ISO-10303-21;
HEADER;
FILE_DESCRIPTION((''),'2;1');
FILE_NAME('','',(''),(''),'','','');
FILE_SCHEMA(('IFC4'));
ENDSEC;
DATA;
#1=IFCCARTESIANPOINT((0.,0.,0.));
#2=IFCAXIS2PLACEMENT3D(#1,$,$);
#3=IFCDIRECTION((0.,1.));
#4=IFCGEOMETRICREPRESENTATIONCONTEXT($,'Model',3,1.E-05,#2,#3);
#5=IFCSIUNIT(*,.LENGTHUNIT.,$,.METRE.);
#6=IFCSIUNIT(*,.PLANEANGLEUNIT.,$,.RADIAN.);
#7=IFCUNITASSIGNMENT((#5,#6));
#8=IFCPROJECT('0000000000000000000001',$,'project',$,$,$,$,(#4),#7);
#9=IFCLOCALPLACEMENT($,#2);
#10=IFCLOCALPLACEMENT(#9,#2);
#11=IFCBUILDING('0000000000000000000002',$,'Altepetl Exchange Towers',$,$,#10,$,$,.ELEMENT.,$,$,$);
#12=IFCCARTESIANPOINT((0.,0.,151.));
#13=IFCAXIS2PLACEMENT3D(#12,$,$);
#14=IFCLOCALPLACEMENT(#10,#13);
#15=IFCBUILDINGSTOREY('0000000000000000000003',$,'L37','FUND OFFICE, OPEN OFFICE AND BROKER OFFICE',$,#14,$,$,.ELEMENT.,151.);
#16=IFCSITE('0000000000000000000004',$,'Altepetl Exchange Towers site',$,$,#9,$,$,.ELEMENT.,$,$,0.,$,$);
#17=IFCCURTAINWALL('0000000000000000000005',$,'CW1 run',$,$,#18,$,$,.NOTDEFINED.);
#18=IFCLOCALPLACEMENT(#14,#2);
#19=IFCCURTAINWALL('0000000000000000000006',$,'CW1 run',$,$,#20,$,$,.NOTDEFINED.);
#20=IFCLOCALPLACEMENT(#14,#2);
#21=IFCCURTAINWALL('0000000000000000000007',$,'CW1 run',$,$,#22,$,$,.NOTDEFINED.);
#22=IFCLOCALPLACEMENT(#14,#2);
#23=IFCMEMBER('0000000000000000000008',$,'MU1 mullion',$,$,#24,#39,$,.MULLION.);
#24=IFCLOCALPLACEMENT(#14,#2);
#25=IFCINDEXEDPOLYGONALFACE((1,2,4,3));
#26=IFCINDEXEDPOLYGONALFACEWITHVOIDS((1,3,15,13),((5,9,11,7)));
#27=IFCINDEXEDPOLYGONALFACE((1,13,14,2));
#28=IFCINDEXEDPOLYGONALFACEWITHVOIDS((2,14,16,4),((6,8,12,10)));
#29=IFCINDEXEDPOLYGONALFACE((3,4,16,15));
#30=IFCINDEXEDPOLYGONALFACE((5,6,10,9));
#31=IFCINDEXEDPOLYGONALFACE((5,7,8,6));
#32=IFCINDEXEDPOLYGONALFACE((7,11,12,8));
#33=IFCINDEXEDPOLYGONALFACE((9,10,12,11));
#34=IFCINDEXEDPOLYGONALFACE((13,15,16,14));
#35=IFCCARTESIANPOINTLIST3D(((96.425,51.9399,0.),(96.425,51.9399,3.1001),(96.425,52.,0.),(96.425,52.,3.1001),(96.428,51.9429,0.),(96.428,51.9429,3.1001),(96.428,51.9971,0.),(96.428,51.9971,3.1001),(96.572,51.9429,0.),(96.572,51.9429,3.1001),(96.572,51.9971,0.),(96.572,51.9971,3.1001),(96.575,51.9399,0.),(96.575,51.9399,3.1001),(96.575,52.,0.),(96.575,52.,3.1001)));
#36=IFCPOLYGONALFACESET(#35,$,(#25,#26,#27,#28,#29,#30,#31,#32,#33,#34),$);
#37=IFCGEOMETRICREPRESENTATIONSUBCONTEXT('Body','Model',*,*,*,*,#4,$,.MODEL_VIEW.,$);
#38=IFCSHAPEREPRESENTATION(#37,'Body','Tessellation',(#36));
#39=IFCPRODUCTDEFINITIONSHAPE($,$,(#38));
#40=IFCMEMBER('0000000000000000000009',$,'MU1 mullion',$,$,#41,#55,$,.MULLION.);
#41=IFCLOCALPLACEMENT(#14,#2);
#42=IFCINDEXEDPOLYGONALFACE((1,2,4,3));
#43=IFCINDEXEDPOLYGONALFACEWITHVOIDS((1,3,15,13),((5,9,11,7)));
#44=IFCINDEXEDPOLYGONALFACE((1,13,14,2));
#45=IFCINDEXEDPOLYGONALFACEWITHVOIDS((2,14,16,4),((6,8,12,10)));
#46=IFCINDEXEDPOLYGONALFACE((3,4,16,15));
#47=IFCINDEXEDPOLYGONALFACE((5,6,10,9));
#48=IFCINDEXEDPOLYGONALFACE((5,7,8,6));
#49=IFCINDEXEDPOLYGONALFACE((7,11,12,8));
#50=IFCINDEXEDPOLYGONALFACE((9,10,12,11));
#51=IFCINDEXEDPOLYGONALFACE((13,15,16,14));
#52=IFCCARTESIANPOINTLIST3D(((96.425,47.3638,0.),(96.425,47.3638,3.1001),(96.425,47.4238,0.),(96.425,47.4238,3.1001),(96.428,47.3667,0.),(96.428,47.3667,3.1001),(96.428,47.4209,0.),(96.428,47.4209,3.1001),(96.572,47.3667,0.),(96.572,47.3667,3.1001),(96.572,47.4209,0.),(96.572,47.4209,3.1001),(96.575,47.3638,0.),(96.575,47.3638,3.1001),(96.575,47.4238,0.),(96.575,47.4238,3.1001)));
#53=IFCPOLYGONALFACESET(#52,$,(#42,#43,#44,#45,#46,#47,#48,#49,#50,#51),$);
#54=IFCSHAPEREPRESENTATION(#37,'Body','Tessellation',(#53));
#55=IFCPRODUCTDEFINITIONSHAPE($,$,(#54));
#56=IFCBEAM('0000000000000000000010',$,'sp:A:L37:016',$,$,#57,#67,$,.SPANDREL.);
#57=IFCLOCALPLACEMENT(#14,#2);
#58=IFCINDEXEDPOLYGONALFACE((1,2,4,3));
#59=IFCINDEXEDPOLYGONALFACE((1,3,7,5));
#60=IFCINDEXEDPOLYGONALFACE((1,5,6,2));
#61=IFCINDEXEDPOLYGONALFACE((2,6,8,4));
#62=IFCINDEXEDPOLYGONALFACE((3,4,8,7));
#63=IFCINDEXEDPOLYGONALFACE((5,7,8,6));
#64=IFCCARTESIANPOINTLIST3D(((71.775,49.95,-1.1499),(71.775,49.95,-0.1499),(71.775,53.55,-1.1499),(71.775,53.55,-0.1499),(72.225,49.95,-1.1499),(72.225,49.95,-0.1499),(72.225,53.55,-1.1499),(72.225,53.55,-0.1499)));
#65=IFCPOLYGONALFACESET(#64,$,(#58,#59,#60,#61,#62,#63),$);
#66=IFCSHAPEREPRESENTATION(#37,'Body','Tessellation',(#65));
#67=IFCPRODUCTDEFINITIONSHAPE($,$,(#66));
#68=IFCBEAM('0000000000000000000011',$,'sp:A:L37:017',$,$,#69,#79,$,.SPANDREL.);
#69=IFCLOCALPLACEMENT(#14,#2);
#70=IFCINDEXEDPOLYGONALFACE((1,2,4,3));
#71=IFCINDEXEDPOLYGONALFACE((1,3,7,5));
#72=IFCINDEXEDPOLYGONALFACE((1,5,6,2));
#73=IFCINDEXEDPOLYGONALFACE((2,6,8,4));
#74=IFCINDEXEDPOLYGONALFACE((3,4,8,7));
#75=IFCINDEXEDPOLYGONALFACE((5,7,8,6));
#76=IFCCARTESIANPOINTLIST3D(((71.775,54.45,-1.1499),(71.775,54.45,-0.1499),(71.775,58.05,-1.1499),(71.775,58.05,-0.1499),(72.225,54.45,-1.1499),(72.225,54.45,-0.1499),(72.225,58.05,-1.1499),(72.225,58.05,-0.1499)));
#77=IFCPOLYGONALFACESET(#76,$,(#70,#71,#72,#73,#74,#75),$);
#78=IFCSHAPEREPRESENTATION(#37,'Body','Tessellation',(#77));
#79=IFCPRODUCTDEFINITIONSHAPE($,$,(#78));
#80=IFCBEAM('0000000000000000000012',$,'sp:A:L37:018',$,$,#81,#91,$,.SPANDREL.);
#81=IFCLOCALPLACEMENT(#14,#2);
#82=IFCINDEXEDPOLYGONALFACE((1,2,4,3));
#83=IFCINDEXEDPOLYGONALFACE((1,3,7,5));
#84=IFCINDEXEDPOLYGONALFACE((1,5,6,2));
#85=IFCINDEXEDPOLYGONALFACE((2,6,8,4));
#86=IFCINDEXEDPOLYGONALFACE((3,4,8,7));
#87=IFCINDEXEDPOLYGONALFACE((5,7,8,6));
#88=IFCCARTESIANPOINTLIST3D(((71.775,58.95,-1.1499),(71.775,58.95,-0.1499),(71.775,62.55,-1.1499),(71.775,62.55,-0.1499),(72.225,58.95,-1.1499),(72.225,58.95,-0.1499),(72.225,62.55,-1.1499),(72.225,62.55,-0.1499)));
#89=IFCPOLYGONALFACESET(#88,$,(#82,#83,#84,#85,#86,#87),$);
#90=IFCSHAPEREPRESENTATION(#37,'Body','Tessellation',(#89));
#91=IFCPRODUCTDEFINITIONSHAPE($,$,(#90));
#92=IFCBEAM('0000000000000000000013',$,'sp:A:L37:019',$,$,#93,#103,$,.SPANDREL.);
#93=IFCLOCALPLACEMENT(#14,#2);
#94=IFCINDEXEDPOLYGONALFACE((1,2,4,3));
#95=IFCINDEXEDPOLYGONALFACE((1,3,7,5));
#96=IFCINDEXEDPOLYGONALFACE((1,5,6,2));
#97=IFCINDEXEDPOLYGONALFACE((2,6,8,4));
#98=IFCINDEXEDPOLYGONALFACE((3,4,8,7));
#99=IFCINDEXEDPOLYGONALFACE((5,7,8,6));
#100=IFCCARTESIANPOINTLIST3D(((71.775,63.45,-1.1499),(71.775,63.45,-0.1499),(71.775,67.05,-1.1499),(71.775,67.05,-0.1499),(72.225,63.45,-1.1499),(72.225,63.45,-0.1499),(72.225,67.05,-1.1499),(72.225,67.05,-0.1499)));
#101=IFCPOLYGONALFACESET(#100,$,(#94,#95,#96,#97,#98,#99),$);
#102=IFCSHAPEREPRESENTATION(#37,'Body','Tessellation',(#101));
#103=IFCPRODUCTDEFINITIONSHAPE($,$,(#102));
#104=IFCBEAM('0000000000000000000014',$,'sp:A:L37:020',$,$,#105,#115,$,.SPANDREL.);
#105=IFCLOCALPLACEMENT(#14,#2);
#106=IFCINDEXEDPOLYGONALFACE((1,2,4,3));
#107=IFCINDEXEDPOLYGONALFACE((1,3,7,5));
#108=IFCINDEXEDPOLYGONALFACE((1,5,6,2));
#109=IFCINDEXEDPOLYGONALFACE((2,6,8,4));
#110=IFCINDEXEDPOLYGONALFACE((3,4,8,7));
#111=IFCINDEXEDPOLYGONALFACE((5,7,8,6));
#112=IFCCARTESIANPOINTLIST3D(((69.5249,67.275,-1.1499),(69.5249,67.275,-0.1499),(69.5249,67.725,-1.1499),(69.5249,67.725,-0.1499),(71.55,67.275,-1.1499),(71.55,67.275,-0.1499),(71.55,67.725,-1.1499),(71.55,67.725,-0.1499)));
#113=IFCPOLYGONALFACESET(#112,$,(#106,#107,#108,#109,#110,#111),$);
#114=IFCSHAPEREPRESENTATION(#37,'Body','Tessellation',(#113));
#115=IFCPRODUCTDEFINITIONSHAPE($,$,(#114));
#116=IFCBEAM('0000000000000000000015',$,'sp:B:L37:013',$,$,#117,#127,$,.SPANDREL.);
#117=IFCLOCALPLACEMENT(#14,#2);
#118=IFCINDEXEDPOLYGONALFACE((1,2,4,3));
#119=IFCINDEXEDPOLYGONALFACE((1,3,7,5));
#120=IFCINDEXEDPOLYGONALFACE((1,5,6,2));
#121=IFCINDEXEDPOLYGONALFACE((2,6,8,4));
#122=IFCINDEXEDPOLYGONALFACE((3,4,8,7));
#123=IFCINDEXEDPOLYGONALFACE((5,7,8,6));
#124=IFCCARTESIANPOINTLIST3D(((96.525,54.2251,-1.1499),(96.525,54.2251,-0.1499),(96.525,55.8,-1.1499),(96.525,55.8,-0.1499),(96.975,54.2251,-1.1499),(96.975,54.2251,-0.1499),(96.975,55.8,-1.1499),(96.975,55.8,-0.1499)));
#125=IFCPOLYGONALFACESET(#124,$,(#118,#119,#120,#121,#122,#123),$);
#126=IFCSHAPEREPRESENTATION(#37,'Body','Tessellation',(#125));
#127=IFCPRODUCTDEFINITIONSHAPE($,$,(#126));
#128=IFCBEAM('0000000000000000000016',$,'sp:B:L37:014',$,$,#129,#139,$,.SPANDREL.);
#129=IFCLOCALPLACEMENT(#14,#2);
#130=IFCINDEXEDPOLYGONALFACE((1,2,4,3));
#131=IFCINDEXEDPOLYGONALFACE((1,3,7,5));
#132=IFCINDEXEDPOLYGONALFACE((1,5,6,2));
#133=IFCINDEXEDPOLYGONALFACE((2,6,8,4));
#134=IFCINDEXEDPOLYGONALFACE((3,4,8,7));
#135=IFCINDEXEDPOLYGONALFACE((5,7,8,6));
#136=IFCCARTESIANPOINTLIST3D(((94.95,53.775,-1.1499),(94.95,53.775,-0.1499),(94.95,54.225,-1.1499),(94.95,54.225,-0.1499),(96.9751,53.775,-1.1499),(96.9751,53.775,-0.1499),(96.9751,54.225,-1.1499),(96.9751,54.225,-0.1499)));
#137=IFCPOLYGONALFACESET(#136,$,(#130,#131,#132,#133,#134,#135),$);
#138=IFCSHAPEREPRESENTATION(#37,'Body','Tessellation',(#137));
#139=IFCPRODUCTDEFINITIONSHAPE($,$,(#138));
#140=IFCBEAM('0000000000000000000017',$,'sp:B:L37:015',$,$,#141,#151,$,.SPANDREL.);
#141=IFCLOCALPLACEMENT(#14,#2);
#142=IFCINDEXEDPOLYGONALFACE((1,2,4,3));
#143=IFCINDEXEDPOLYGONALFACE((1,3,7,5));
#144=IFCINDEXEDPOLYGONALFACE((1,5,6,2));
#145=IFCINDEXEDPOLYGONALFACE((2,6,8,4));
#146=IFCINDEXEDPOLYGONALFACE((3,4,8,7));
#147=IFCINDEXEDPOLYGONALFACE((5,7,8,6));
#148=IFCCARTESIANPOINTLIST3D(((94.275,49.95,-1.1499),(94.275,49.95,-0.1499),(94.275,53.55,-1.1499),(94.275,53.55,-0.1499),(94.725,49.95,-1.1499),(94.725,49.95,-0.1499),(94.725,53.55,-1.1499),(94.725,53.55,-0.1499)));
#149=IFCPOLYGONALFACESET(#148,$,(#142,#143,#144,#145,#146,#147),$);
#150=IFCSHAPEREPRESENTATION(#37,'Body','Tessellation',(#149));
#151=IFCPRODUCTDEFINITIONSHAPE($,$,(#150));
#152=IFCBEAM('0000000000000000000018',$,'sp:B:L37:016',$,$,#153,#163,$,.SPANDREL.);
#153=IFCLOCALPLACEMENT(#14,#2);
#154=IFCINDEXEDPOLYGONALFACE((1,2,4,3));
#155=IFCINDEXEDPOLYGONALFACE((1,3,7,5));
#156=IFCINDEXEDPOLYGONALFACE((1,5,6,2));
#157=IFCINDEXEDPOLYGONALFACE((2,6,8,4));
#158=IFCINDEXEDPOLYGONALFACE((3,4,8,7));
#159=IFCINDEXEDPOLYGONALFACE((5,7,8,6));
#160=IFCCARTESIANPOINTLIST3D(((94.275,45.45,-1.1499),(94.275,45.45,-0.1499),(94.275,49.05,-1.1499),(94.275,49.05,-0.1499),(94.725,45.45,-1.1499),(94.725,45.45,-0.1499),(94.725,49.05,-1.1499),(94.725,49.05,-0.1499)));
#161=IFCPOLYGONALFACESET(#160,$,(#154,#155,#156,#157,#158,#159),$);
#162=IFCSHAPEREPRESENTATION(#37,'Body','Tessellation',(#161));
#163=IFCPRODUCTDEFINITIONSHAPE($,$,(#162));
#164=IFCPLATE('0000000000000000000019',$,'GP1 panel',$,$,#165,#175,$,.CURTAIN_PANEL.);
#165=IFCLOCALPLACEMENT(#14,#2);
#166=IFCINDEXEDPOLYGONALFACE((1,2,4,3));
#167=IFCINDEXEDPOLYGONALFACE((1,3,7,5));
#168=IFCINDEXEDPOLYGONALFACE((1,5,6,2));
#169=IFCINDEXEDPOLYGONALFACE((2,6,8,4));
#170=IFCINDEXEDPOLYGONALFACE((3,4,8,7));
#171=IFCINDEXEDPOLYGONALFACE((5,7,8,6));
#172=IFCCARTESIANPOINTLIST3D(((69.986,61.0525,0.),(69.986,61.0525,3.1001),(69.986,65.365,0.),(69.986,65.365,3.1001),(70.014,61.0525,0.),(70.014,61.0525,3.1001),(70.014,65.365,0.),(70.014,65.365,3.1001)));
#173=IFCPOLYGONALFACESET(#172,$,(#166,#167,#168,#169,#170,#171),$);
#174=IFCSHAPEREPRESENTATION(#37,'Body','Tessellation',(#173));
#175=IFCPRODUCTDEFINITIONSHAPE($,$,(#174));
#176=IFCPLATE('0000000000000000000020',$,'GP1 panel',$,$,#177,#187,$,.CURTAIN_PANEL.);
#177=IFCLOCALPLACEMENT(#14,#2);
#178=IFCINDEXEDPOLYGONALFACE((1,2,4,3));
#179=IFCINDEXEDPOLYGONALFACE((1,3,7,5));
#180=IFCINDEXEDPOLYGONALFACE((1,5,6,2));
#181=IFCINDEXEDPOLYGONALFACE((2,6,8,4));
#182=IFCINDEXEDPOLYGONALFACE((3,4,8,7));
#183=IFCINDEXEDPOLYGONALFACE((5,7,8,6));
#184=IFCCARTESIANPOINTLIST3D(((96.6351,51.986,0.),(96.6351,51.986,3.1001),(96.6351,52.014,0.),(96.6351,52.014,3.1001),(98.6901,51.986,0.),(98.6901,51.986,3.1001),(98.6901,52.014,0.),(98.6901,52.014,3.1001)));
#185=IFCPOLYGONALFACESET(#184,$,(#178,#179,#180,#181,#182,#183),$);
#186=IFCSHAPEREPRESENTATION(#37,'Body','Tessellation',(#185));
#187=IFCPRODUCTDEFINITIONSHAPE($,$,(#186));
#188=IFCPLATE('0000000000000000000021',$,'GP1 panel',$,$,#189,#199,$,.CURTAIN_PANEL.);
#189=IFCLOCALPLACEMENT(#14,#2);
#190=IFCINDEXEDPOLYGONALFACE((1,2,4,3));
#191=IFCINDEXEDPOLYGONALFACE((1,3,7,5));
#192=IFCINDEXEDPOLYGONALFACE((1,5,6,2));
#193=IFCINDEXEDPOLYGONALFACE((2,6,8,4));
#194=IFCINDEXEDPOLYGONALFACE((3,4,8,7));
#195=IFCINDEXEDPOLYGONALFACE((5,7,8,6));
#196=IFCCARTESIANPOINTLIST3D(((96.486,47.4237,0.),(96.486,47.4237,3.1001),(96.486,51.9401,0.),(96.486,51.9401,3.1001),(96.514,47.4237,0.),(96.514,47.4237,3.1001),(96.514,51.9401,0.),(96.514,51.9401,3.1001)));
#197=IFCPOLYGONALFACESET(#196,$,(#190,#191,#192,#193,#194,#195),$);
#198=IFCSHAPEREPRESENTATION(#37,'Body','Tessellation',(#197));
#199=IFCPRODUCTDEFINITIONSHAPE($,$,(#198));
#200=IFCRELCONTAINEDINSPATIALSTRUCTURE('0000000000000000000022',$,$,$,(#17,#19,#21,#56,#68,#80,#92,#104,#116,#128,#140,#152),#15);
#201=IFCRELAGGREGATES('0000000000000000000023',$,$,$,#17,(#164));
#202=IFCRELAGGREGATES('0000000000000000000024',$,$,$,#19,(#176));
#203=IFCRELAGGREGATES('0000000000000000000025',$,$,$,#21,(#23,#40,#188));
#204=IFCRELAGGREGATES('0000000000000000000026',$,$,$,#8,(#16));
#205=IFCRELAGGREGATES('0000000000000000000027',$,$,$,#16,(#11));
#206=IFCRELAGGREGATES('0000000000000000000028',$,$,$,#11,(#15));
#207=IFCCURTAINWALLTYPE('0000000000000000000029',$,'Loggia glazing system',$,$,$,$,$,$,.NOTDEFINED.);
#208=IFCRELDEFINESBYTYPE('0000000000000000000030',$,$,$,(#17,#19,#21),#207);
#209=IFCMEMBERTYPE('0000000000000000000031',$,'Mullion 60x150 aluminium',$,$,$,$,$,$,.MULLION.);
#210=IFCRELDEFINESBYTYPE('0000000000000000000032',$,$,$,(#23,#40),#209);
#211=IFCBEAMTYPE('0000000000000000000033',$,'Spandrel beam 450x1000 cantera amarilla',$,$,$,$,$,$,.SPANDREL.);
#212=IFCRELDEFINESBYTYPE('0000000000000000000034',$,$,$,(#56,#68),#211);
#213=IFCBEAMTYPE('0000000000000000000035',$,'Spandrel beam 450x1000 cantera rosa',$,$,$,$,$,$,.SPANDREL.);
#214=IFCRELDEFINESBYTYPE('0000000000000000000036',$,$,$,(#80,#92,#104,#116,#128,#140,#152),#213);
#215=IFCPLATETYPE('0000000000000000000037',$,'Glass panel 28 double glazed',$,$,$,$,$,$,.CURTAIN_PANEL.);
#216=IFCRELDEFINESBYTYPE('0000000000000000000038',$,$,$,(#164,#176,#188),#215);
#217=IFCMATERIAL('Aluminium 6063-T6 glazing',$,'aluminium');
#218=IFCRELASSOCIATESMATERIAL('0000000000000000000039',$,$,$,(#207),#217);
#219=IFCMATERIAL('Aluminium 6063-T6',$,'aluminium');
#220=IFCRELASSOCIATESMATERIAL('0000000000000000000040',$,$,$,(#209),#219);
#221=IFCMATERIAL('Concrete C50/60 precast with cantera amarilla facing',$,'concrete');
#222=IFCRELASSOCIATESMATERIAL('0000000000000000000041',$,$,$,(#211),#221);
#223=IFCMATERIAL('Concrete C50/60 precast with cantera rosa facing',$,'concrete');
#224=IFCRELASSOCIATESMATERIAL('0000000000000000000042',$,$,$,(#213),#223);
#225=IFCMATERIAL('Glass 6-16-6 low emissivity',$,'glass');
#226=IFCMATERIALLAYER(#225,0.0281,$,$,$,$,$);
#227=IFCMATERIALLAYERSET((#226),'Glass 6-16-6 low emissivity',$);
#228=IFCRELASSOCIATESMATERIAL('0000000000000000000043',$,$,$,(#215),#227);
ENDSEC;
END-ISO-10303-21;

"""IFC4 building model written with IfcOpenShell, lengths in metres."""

from ifc_helpers import new_model, si_unit, direction, frame, origin, origin_2d, place, context, subcontext, project, spatial, rectangle, hollow_rectangle, extrude, material, layer, layer_set, material_profile, profile_set, type_object, element, aggregate, save


model = new_model("IFC4")

# Units and contexts
model_context = context("Model", 3, precision=1e-05, world=origin(), true_north=direction((0.0, 1.0)))
body_context = subcontext(model_context, "Body", "Model", "MODEL_VIEW")
ifc_project = project(units=[si_unit("LENGTHUNIT", "METRE"), si_unit("PLANEANGLEUNIT", "RADIAN")], contexts=[model_context])

# Site, building, storey
site_placement = place(None, origin())
site = spatial("IfcSite", under=ifc_project, at=site_placement, Name="Altepetl Exchange Towers site", CompositionType="ELEMENT", RefElevation=0.0)
building_placement = place(site_placement, origin())
building = spatial("IfcBuilding", under=site, at=building_placement, Name="Altepetl Exchange Towers", CompositionType="ELEMENT")
storey_placement = place(building_placement, frame((0.0, 0.0, 151.0)))
storey = spatial("IfcBuildingStorey", under=building, at=storey_placement, Name="L37", Description="FUND OFFICE, OPEN OFFICE AND BROKER OFFICE", CompositionType="ELEMENT", Elevation=151.0)

# Curtain wall
ifc_material_1 = material(Name="Aluminium 6063-T6 glazing", Category="aluminium")
curtain_wall_type = type_object("IfcCurtainWallType", Name="Loggia glazing system", PredefinedType="NOTDEFINED", material=ifc_material_1)
curtain_wall_1_placement = place(storey_placement, origin())
curtain_wall_1 = element("IfcCurtainWall", 1, at=curtain_wall_1_placement, inside=storey, type_object=curtain_wall_type, Name="CW1 run", PredefinedType="NOTDEFINED")
ifc_material_2 = material(Name="Aluminium 6063-T6", Category="aluminium")
ifc_material_profile_1 = material_profile(ifc_material_2, hollow_rectangle(XDim=0.0601, YDim=0.1499, WallThickness=0.0029, at=origin_2d()), Name="Mullion 60x150 aluminium")
ifc_profile_set_1 = profile_set([ifc_material_profile_1], Name="Aluminium 6063-T6")
member_type = type_object("IfcMemberType", Name="Mullion 60x150 aluminium", PredefinedType="MULLION", material=ifc_profile_set_1)

# Curtain walls, members
curtain_wall_2_placement = place(storey_placement, origin())
curtain_wall_2 = element("IfcCurtainWall", 2, at=curtain_wall_2_placement, inside=storey, type_object=curtain_wall_type, Name="CW1 run", PredefinedType="NOTDEFINED")
curtain_wall_3_placement = place(storey_placement, origin())
curtain_wall_3 = element("IfcCurtainWall", 3, at=curtain_wall_3_placement, inside=storey, type_object=curtain_wall_type, Name="CW1 run", PredefinedType="NOTDEFINED")
member_1_placement = place(storey_placement, frame((96.5, 51.97, 0.0), z_axis=(0.0, 0.0, 1.0), x_axis=(0.0, -1.0, 0.0)))
member_1 = element("IfcMember", 4, at=member_1_placement, type_object=member_type, Name="MU1 mullion", PredefinedType="MULLION", context=body_context, shape_type="SweptSolid", body=[
    extrude(hollow_rectangle(XDim=0.0601, YDim=0.1499, WallThickness=0.0029, at=origin_2d()), origin(), (0.0, 0.0, 1.0), 3.1001),
])
member_2_placement = place(storey_placement, frame((96.5, 47.3938, 0.0), z_axis=(0.0, 0.0, 1.0), x_axis=(0.0, -1.0, 0.0)))
member_2 = element("IfcMember", 5, at=member_2_placement, type_object=member_type, Name="MU1 mullion", PredefinedType="MULLION", context=body_context, shape_type="SweptSolid", body=[
    extrude(hollow_rectangle(XDim=0.0601, YDim=0.1499, WallThickness=0.0029, at=origin_2d()), origin(), (0.0, 0.0, 1.0), 3.1001),
])

# Beams
ifc_material_3 = material(Name="Concrete C50/60 precast with cantera amarilla facing", Category="concrete")
ifc_material_profile_2 = material_profile(ifc_material_3, rectangle(XDim=0.45, YDim=1.0, at=origin_2d()), Name="450 x 1000")
ifc_profile_set_2 = profile_set([ifc_material_profile_2], Name="Concrete C50/60 precast with cantera amarilla facing")
beam_type_1 = type_object("IfcBeamType", Name="Spandrel beam 450x1000 cantera amarilla", PredefinedType="SPANDREL", material=ifc_profile_set_2)
for number, where, z_axis, x_axis, name in (
    (6, (72.0, 49.95, -0.6499), (0.0, 1.0, 0.0), (-1.0, 0.0, 0.0), "sp:A:L37:016"),
    (7, (72.0, 54.45, -0.6499), (0.0, 1.0, 0.0), (-1.0, 0.0, 0.0), "sp:A:L37:017"),
):
    element("IfcBeam", number, at=place(storey_placement, frame(where, z_axis=z_axis, x_axis=x_axis)), inside=storey, type_object=beam_type_1, Name=name, PredefinedType="SPANDREL", context=body_context, shape_type="SweptSolid", body=[
        extrude(rectangle(XDim=0.45, YDim=1.0, at=origin_2d()), origin(), (0.0, 0.0, 1.0), 3.6001),
    ])
ifc_material_4 = material(Name="Concrete C50/60 precast with cantera rosa facing", Category="concrete")
ifc_material_profile_3 = material_profile(ifc_material_4, rectangle(XDim=0.45, YDim=1.0, at=origin_2d()), Name="450 x 1000")
ifc_profile_set_3 = profile_set([ifc_material_profile_3], Name="Concrete C50/60 precast with cantera rosa facing")
beam_type_2 = type_object("IfcBeamType", Name="Spandrel beam 450x1000 cantera rosa", PredefinedType="SPANDREL", material=ifc_profile_set_3)
for number, where, z_axis, x_axis, name in (
    (8, (72.0, 58.95, -0.6499), (0.0, 1.0, 0.0), (-1.0, 0.0, 0.0), "sp:A:L37:018"),
    (9, (72.0, 63.45, -0.6499), (0.0, 1.0, 0.0), (-1.0, 0.0, 0.0), "sp:A:L37:019"),
):
    element("IfcBeam", number, at=place(storey_placement, frame(where, z_axis=z_axis, x_axis=x_axis)), inside=storey, type_object=beam_type_2, Name=name, PredefinedType="SPANDREL", context=body_context, shape_type="SweptSolid", body=[
        extrude(rectangle(XDim=0.45, YDim=1.0, at=origin_2d()), origin(), (0.0, 0.0, 1.0), 3.6001),
    ])
beam_1_placement = place(storey_placement, frame((71.55, 67.5, -0.6499), z_axis=(-1.0, 0.0, 0.0), x_axis=(0.0, -1.0, 0.0)))
element("IfcBeam", 10, at=beam_1_placement, inside=storey, type_object=beam_type_2, Name="sp:A:L37:020", PredefinedType="SPANDREL", context=body_context, shape_type="SweptSolid", body=[
    extrude(rectangle(XDim=0.45, YDim=1.0, at=origin_2d()), origin(), (0.0, 0.0, 1.0), 2.0251),
])
beam_2_placement = place(storey_placement, frame((96.75, 55.8, -0.6499), z_axis=(0.0, -1.0, 0.0), x_axis=(1.0, 0.0, 0.0)))
element("IfcBeam", 11, at=beam_2_placement, inside=storey, type_object=beam_type_2, Name="sp:B:L37:013", PredefinedType="SPANDREL", context=body_context, shape_type="SweptSolid", body=[
    extrude(rectangle(XDim=0.45, YDim=1.0, at=origin_2d()), origin(), (0.0, 0.0, 1.0), 1.575),
])
beam_3_placement = place(storey_placement, frame((96.9751, 54.0, -0.6499), z_axis=(-1.0, 0.0, 0.0), x_axis=(0.0, -1.0, 0.0)))
element("IfcBeam", 12, at=beam_3_placement, inside=storey, type_object=beam_type_2, Name="sp:B:L37:014", PredefinedType="SPANDREL", context=body_context, shape_type="SweptSolid", body=[
    extrude(rectangle(XDim=0.45, YDim=1.0, at=origin_2d()), origin(), (0.0, 0.0, 1.0), 2.0251),
])
for number, where, z_axis, x_axis, name in (
    (13, (94.5, 53.55, -0.6499), (0.0, -1.0, 0.0), (1.0, 0.0, 0.0), "sp:B:L37:015"),
    (14, (94.5, 49.05, -0.6499), (0.0, -1.0, 0.0), (1.0, 0.0, 0.0), "sp:B:L37:016"),
):
    element("IfcBeam", number, at=place(storey_placement, frame(where, z_axis=z_axis, x_axis=x_axis)), inside=storey, type_object=beam_type_2, Name=name, PredefinedType="SPANDREL", context=body_context, shape_type="SweptSolid", body=[
        extrude(rectangle(XDim=0.45, YDim=1.0, at=origin_2d()), origin(), (0.0, 0.0, 1.0), 3.6001),
    ])

# Plates
ifc_material_5 = material(Name="Glass 6-16-6 low emissivity", Category="glass")
ifc_layer_1 = layer(ifc_material_5, 0.0281)
ifc_layer_set_1 = layer_set([ifc_layer_1], Name="Glass 6-16-6 low emissivity")
plate_type = type_object("IfcPlateType", Name="Glass panel 28 double glazed", PredefinedType="CURTAIN_PANEL", material=ifc_layer_set_1)
plate_1_placement = place(storey_placement, frame((70.0, 63.2087, 0.0), z_axis=(0.0, 0.0, 1.0), x_axis=(0.0, 1.0, 0.0)))
plate_1 = element("IfcPlate", 15, at=plate_1_placement, type_object=plate_type, Name="GP1 panel", PredefinedType="CURTAIN_PANEL", context=body_context, shape_type="SweptSolid", body=[
    extrude(rectangle(XDim=4.3125, YDim=0.0281, at=origin_2d()), origin(), (0.0, 0.0, 1.0), 3.1001),
])
aggregate(curtain_wall_1, [plate_1])
plate_2_placement = place(storey_placement, frame((97.6626, 52.0, 0.0), z_axis=(0.0, 0.0, 1.0), x_axis=(-1.0, 0.0, 0.0)))
plate_2 = element("IfcPlate", 16, at=plate_2_placement, type_object=plate_type, Name="GP1 panel", PredefinedType="CURTAIN_PANEL", context=body_context, shape_type="SweptSolid", body=[
    extrude(rectangle(XDim=2.0549, YDim=0.0281, at=origin_2d()), origin(), (0.0, 0.0, 1.0), 3.1001),
])
aggregate(curtain_wall_2, [plate_2])
plate_3_placement = place(storey_placement, frame((96.5, 49.6819, 0.0), z_axis=(0.0, 0.0, 1.0), x_axis=(0.0, -1.0, 0.0)))
plate_3 = element("IfcPlate", 17, at=plate_3_placement, type_object=plate_type, Name="GP1 panel", PredefinedType="CURTAIN_PANEL", context=body_context, shape_type="SweptSolid", body=[
    extrude(rectangle(XDim=4.5164, YDim=0.0281, at=origin_2d()), origin(), (0.0, 0.0, 1.0), 3.1001),
])
aggregate(curtain_wall_3, [member_1, member_2, plate_3])

save(model, "model.ifc")
